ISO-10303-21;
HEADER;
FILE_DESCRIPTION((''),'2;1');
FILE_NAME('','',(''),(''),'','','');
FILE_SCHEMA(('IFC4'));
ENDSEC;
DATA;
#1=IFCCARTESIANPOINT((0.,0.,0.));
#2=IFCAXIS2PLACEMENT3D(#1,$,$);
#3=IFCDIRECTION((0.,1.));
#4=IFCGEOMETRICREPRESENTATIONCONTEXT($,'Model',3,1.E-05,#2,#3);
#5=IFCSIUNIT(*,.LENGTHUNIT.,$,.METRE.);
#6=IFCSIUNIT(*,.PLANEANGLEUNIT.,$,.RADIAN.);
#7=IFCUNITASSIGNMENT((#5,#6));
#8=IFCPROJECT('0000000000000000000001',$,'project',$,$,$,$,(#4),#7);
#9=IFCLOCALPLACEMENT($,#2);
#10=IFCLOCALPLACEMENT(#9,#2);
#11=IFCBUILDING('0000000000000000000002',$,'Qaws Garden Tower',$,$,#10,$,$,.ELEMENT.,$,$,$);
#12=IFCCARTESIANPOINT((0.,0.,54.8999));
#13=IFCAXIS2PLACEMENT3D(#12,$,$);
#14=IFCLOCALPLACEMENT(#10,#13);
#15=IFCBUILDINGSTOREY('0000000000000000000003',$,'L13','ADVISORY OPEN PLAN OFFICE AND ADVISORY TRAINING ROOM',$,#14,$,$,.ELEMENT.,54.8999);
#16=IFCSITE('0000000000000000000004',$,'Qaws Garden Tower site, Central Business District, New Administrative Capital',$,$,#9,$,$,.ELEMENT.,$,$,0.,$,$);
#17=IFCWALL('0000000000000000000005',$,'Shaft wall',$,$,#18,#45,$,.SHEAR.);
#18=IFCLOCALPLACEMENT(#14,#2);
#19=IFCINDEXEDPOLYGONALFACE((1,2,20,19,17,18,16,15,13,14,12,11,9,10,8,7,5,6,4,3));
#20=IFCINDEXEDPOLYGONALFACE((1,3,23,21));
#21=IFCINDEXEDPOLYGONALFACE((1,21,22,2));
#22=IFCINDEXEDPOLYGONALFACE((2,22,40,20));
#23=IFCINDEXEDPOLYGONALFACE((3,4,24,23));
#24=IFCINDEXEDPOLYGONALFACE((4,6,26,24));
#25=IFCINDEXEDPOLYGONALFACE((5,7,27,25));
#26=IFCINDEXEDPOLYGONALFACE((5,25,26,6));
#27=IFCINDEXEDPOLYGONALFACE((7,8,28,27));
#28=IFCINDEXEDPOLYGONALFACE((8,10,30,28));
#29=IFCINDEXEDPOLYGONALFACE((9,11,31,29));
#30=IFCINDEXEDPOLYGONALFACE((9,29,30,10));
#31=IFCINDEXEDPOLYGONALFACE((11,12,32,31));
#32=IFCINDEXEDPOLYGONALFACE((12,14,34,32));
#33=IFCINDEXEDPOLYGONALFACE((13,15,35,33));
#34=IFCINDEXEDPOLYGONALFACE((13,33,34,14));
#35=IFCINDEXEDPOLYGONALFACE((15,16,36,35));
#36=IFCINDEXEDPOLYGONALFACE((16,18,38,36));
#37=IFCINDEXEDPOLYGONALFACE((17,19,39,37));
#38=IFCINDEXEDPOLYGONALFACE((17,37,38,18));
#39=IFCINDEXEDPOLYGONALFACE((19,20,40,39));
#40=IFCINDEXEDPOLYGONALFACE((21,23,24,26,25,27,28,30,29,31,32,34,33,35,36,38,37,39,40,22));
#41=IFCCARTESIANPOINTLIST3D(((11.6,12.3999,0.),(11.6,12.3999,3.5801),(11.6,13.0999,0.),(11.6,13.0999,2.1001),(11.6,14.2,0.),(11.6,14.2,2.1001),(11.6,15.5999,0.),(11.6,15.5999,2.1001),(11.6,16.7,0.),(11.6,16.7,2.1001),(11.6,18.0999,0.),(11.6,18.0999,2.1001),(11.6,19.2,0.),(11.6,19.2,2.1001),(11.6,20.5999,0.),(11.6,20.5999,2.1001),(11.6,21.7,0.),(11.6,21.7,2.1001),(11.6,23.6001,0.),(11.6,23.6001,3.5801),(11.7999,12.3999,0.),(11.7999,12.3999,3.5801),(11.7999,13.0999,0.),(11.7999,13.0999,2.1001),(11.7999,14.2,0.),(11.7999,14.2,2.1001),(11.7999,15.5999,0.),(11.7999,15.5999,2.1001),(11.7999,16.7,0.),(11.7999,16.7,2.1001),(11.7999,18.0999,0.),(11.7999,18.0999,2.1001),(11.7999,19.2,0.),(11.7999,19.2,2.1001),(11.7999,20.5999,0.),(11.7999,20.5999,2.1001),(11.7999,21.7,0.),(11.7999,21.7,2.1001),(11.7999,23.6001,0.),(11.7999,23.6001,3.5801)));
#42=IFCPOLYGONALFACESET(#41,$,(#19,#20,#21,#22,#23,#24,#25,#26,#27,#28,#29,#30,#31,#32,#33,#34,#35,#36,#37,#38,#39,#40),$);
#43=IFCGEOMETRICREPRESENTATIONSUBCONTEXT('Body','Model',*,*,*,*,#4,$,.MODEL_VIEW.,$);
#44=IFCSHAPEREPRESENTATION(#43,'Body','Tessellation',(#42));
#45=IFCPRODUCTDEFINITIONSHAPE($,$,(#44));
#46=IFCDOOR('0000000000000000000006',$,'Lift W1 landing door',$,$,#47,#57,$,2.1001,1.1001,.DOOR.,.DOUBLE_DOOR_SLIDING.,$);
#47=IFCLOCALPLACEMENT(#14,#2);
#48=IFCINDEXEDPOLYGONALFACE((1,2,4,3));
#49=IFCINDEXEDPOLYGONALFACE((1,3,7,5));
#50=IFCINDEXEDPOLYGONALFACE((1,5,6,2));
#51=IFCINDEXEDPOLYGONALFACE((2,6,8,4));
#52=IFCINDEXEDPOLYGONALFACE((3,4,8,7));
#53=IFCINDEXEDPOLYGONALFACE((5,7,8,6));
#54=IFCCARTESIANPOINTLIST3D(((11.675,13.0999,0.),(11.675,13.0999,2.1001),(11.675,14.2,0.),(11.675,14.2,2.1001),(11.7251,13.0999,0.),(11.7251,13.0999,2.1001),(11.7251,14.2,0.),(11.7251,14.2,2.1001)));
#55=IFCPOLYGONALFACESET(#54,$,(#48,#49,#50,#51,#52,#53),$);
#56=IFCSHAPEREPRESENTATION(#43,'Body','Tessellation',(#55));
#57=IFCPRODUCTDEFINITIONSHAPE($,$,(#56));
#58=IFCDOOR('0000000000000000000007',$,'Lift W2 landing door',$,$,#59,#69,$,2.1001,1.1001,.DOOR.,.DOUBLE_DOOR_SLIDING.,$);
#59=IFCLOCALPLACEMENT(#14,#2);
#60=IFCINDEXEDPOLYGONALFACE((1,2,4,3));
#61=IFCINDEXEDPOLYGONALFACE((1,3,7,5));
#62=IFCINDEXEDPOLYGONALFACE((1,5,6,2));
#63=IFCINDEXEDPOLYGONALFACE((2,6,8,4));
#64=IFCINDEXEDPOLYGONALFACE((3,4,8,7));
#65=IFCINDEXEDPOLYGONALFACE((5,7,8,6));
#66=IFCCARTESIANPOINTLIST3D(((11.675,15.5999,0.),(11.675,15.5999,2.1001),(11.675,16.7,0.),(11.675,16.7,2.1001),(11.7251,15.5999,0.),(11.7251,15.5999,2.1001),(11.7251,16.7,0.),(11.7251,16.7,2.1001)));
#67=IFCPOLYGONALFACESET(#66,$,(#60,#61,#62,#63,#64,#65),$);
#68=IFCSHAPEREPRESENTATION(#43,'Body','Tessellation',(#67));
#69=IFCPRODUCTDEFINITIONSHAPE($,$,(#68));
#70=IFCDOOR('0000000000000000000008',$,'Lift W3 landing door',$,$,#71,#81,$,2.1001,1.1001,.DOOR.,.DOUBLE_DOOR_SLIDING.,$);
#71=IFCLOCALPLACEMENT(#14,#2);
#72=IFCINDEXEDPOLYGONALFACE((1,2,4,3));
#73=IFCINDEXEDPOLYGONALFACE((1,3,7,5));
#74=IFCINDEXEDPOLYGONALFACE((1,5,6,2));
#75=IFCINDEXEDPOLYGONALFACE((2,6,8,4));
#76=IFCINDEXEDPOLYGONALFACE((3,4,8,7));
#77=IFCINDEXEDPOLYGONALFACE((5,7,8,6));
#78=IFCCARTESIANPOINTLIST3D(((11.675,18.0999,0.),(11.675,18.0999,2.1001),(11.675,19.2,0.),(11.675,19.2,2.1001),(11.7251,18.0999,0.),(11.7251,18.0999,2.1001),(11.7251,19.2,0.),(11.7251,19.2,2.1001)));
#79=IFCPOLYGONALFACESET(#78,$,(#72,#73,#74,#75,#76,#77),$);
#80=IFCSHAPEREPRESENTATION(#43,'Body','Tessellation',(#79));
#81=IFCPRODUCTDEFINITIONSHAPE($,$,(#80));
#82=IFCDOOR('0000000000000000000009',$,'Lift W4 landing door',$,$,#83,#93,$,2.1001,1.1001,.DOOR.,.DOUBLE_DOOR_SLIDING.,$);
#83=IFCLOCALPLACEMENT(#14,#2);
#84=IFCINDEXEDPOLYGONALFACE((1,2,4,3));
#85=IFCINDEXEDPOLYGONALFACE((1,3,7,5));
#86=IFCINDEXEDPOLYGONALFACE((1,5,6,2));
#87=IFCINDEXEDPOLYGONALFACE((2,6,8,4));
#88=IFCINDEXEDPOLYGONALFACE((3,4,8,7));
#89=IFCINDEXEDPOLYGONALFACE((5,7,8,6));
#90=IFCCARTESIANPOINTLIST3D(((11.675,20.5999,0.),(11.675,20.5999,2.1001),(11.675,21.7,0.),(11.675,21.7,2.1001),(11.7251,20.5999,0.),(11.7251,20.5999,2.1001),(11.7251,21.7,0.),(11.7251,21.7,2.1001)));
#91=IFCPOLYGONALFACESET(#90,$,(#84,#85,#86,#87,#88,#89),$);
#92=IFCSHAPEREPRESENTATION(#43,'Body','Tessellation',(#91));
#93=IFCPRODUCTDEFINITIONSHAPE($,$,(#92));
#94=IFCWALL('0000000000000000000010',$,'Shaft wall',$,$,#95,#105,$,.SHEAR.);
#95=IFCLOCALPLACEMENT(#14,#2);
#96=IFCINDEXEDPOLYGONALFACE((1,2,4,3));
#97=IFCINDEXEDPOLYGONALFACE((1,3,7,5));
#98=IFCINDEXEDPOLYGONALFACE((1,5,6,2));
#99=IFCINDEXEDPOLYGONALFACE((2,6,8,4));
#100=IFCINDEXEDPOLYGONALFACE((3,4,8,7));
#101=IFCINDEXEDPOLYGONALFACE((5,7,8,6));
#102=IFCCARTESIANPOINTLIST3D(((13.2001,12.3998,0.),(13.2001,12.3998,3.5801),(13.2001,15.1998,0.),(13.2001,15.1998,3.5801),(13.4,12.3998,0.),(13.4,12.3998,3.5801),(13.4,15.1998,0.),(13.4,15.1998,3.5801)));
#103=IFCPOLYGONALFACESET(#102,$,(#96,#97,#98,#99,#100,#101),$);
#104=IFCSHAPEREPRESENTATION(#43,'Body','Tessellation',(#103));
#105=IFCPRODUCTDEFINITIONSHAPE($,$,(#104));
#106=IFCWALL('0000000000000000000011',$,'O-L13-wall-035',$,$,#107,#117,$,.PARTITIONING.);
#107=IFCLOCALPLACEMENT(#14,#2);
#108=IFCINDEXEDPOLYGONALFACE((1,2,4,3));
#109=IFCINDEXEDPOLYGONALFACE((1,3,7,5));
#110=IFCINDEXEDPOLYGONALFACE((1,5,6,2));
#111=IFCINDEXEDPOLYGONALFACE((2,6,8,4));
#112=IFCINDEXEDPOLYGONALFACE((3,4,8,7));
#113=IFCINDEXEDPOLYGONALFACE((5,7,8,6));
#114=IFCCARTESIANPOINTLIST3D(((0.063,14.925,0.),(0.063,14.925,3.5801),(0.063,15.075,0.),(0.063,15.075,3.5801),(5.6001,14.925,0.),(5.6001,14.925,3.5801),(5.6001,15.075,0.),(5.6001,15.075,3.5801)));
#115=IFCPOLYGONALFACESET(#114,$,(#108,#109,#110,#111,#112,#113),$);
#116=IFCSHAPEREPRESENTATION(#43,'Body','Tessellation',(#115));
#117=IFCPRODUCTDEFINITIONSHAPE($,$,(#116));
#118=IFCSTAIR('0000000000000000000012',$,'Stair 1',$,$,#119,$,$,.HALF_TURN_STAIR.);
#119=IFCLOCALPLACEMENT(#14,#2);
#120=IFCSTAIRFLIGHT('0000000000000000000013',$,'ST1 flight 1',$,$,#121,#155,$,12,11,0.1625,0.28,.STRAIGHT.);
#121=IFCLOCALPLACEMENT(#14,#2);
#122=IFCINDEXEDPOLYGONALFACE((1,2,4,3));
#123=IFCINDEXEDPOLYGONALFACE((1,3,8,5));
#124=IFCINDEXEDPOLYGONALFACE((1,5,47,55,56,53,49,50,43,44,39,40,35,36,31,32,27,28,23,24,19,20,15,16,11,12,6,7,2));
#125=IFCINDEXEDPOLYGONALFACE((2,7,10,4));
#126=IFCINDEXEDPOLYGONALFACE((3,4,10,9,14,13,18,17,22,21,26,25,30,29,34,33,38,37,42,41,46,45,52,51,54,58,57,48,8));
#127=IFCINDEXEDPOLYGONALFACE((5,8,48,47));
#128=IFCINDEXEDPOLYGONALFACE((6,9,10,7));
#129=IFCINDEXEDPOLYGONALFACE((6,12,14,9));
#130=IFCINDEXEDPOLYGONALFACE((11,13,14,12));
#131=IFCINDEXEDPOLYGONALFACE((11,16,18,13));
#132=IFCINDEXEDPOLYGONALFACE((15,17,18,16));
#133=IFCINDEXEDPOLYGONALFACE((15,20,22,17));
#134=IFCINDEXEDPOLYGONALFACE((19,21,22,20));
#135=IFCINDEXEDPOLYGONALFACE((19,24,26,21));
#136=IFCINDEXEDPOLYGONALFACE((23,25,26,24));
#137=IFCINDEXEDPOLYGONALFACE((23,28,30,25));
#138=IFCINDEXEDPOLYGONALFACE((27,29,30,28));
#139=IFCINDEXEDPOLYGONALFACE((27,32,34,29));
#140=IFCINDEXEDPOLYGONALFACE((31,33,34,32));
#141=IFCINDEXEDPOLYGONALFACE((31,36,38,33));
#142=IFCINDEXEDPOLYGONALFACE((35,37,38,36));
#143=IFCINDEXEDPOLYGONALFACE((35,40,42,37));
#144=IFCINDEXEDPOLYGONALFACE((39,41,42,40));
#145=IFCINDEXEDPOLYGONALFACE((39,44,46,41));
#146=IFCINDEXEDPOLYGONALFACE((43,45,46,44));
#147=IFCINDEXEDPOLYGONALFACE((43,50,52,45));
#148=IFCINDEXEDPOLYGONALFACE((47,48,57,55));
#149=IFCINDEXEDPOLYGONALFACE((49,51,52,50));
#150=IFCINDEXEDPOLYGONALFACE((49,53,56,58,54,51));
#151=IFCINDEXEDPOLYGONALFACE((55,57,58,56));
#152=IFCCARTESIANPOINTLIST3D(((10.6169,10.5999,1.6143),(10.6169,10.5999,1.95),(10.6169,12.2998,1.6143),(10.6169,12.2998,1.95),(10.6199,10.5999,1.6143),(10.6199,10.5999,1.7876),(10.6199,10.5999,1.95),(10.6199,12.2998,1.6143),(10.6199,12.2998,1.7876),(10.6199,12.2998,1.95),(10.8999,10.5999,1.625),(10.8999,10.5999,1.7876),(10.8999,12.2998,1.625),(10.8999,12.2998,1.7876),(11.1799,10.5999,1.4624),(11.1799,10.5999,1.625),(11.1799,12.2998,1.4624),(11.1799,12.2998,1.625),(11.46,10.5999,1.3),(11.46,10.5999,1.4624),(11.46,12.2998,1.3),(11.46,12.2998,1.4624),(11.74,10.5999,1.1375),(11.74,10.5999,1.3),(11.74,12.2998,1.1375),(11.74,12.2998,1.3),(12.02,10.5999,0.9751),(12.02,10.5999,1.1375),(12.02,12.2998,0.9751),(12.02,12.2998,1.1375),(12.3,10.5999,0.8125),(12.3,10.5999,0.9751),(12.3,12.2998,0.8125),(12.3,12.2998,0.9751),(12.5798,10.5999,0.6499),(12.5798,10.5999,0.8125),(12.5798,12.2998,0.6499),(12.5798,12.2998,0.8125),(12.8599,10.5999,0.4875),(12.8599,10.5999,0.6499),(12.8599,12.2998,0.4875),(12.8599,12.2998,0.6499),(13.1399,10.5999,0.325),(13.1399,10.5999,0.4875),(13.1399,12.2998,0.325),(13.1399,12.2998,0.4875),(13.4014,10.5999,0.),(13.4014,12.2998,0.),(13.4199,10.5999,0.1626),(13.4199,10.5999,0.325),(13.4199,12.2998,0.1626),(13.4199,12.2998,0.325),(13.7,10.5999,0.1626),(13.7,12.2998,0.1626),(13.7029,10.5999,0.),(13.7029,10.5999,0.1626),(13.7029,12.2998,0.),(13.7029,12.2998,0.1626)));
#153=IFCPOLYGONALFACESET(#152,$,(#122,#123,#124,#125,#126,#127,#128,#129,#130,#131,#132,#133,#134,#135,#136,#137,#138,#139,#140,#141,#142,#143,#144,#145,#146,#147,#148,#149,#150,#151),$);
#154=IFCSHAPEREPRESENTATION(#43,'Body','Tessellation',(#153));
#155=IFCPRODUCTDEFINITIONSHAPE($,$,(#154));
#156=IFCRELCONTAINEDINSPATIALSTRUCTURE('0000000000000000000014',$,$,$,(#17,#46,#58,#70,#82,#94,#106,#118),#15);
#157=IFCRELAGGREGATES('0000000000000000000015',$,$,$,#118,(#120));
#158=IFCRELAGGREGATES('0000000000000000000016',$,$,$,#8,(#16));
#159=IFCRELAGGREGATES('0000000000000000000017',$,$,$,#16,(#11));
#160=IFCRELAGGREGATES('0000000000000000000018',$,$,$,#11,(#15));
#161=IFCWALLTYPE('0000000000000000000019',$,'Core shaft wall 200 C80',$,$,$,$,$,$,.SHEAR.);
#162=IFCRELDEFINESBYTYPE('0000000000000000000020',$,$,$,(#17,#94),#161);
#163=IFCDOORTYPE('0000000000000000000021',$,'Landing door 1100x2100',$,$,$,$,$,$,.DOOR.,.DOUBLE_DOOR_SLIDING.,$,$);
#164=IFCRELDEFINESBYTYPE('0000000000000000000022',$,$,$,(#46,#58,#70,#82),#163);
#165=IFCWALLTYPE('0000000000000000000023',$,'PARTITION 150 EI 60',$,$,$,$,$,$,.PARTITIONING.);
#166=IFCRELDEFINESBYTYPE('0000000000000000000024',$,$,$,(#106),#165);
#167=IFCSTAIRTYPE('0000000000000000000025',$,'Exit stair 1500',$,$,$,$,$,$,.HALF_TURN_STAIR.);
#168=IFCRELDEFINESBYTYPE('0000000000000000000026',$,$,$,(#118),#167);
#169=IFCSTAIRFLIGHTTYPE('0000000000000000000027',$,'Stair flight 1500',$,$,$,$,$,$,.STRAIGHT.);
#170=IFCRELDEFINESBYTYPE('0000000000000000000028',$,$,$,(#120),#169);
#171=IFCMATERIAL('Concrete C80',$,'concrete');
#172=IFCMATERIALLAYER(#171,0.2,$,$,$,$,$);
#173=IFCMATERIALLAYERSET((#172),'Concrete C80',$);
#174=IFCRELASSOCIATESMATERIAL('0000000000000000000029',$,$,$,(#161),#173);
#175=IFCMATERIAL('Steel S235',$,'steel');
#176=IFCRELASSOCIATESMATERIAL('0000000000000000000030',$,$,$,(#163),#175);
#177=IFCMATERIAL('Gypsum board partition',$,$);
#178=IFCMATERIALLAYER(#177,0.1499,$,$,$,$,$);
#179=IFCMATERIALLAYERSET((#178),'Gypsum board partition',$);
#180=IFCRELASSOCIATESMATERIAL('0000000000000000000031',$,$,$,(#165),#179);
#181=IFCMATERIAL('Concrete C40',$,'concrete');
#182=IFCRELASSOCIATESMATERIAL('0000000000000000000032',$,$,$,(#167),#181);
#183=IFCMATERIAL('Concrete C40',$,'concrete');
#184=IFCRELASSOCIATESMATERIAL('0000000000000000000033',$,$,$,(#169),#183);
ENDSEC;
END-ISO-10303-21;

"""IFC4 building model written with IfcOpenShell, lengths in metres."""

from ifc_helpers import new_model, si_unit, direction, frame, frame_2d, origin, place, context, subcontext, project, spatial, polyline, rectangle, outline, extrude, material, layer, layer_set, type_object, element, fill, aggregate, save


model = new_model("IFC4")

# Units and contexts
model_context = context("Model", 3, precision=1e-05, world=origin(), true_north=direction((0.0, 1.0)))
body_context = subcontext(model_context, "Body", "Model", "MODEL_VIEW")
ifc_project = project(units=[si_unit("LENGTHUNIT", "METRE"), si_unit("PLANEANGLEUNIT", "RADIAN")], contexts=[model_context])

# Site, building, storey
site_placement = place(None, origin())
site = spatial("IfcSite", under=ifc_project, at=site_placement, Name="Qaws Garden Tower site, Central Business District, New Administrative Capital", CompositionType="ELEMENT", RefElevation=0.0)
building_placement = place(site_placement, origin())
building = spatial("IfcBuilding", under=site, at=building_placement, Name="Qaws Garden Tower", CompositionType="ELEMENT")
storey_placement = place(building_placement, frame((0.0, 0.0, 54.8999)))
storey = spatial("IfcBuildingStorey", under=building, at=storey_placement, Name="L13", Description="ADVISORY OPEN PLAN OFFICE AND ADVISORY TRAINING ROOM", CompositionType="ELEMENT", Elevation=54.8999)

# Shared definitions
ifc_material_1 = material(Name="Concrete C80", Category="concrete")
ifc_layer_1 = layer(ifc_material_1, 0.2)
ifc_layer_set_1 = layer_set([ifc_layer_1], Name="Concrete C80")
wall_type_1 = type_object("IfcWallType", Name="Core shaft wall 200 C80", PredefinedType="SHEAR", material=ifc_layer_set_1)

# Wall, openings, doors
wall_1_placement = place(storey_placement, frame((11.7, 12.3999, 0.0), z_axis=(0.0, 0.0, 1.0), x_axis=(0.0, 1.0, 0.0)))
wall_1 = element("IfcWall", 1, at=wall_1_placement, inside=storey, type_object=wall_type_1, Name="Shaft wall", PredefinedType="SHEAR", context=body_context, shape_type="SweptSolid", body=[
    extrude(rectangle(XDim=11.2002, YDim=0.2, at=frame_2d((5.6001, 0.0))), origin(), (0.0, 0.0, 1.0), 3.5801),
])
opening_1_placement = place(wall_1_placement, frame((0.7, 0.0, 0.0)))
opening_1 = element("IfcOpeningElement", 2, at=opening_1_placement, cuts=wall_1, PredefinedType="OPENING", context=body_context, shape_type="SweptSolid", body=[
    extrude(rectangle(XDim=1.1001, YDim=2.1001, at=frame_2d((0.55, 1.05))), frame((0.0, 0.1099, 0.0), z_axis=(0.0, -1.0, 0.0), x_axis=(1.0, 0.0, 0.0)), (0.0, 0.0, 1.0), 0.22),
])
opening_2_placement = place(wall_1_placement, frame((3.2, 0.0, 0.0)))
opening_2 = element("IfcOpeningElement", 3, at=opening_2_placement, cuts=wall_1, PredefinedType="OPENING", context=body_context, shape_type="SweptSolid", body=[
    extrude(rectangle(XDim=1.1001, YDim=2.1001, at=frame_2d((0.55, 1.05))), frame((0.0, 0.1099, 0.0), z_axis=(0.0, -1.0, 0.0), x_axis=(1.0, 0.0, 0.0)), (0.0, 0.0, 1.0), 0.22),
])
opening_3_placement = place(wall_1_placement, frame((5.7, 0.0, 0.0)))
opening_3 = element("IfcOpeningElement", 4, at=opening_3_placement, cuts=wall_1, PredefinedType="OPENING", context=body_context, shape_type="SweptSolid", body=[
    extrude(rectangle(XDim=1.1001, YDim=2.1001, at=frame_2d((0.55, 1.05))), frame((0.0, 0.1099, 0.0), z_axis=(0.0, -1.0, 0.0), x_axis=(1.0, 0.0, 0.0)), (0.0, 0.0, 1.0), 0.22),
])
opening_4_placement = place(wall_1_placement, frame((8.2, 0.0, 0.0)))
opening_4 = element("IfcOpeningElement", 5, at=opening_4_placement, cuts=wall_1, PredefinedType="OPENING", context=body_context, shape_type="SweptSolid", body=[
    extrude(rectangle(XDim=1.1001, YDim=2.1001, at=frame_2d((0.55, 1.05))), frame((0.0, 0.1099, 0.0), z_axis=(0.0, -1.0, 0.0), x_axis=(1.0, 0.0, 0.0)), (0.0, 0.0, 1.0), 0.22),
])
ifc_material_2 = material(Name="Steel S235", Category="steel")
door_type = type_object("IfcDoorType", Name="Landing door 1100x2100", OperationType="DOUBLE_DOOR_SLIDING", PredefinedType="DOOR", material=ifc_material_2)
door_1_placement = place(opening_1_placement, origin())
door_1 = element("IfcDoor", 6, at=door_1_placement, inside=storey, type_object=door_type, Name="Lift W1 landing door", OperationType="DOUBLE_DOOR_SLIDING", OverallHeight=2.1001, OverallWidth=1.1001, PredefinedType="DOOR", context=body_context, shape_type="SweptSolid", body=[
    extrude(rectangle(XDim=1.1001, YDim=2.1001, at=frame_2d((0.55, 1.05))), frame((0.0, 0.0249, 0.0), z_axis=(0.0, -1.0, 0.0), x_axis=(1.0, 0.0, 0.0)), (0.0, 0.0, 1.0), 0.05),
])
fill(opening_1, door_1)
door_2_placement = place(opening_2_placement, origin())
door_2 = element("IfcDoor", 7, at=door_2_placement, inside=storey, type_object=door_type, Name="Lift W2 landing door", OperationType="DOUBLE_DOOR_SLIDING", OverallHeight=2.1001, OverallWidth=1.1001, PredefinedType="DOOR", context=body_context, shape_type="SweptSolid", body=[
    extrude(rectangle(XDim=1.1001, YDim=2.1001, at=frame_2d((0.55, 1.05))), frame((0.0, 0.0249, 0.0), z_axis=(0.0, -1.0, 0.0), x_axis=(1.0, 0.0, 0.0)), (0.0, 0.0, 1.0), 0.05),
])
fill(opening_2, door_2)
door_3_placement = place(opening_3_placement, origin())
door_3 = element("IfcDoor", 8, at=door_3_placement, inside=storey, type_object=door_type, Name="Lift W3 landing door", OperationType="DOUBLE_DOOR_SLIDING", OverallHeight=2.1001, OverallWidth=1.1001, PredefinedType="DOOR", context=body_context, shape_type="SweptSolid", body=[
    extrude(rectangle(XDim=1.1001, YDim=2.1001, at=frame_2d((0.55, 1.05))), frame((0.0, 0.0249, 0.0), z_axis=(0.0, -1.0, 0.0), x_axis=(1.0, 0.0, 0.0)), (0.0, 0.0, 1.0), 0.05),
])
fill(opening_3, door_3)
door_4_placement = place(opening_4_placement, origin())
door_4 = element("IfcDoor", 9, at=door_4_placement, inside=storey, type_object=door_type, Name="Lift W4 landing door", OperationType="DOUBLE_DOOR_SLIDING", OverallHeight=2.1001, OverallWidth=1.1001, PredefinedType="DOOR", context=body_context, shape_type="SweptSolid", body=[
    extrude(rectangle(XDim=1.1001, YDim=2.1001, at=frame_2d((0.55, 1.05))), frame((0.0, 0.0249, 0.0), z_axis=(0.0, -1.0, 0.0), x_axis=(1.0, 0.0, 0.0)), (0.0, 0.0, 1.0), 0.05),
])
fill(opening_4, door_4)

# Walls
wall_2_placement = place(storey_placement, frame((13.3, 12.3999, 0.0), z_axis=(0.0, 0.0, 1.0), x_axis=(0.0, 1.0, 0.0)))
element("IfcWall", 10, at=wall_2_placement, inside=storey, type_object=wall_type_1, Name="Shaft wall", PredefinedType="SHEAR", context=body_context, shape_type="SweptSolid", body=[
    extrude(rectangle(XDim=2.8, YDim=0.2, at=frame_2d((1.3999, 0.0))), origin(), (0.0, 0.0, 1.0), 3.5801),
])
ifc_material_3 = material(Name="Gypsum board partition")
ifc_layer_2 = layer(ifc_material_3, 0.1499)
ifc_layer_set_2 = layer_set([ifc_layer_2], Name="Gypsum board partition")
wall_type_2 = type_object("IfcWallType", Name="PARTITION 150 EI 60", PredefinedType="PARTITIONING", material=ifc_layer_set_2)
wall_3_placement = place(storey_placement, frame((0.063, 15.0, 0.0), z_axis=(0.0, 0.0, 1.0), x_axis=(1.0, 0.0, 0.0)))
element("IfcWall", 11, at=wall_3_placement, inside=storey, type_object=wall_type_2, Name="O-L13-wall-035", PredefinedType="PARTITIONING", context=body_context, shape_type="SweptSolid", body=[
    extrude(rectangle(XDim=5.5371, YDim=0.1499, at=frame_2d((2.7686, 0.0))), origin(), (0.0, 0.0, 1.0), 3.5801),
])

# Stair, stair flight
ifc_material_4 = material(Name="Concrete C40", Category="concrete")
stair_type = type_object("IfcStairType", Name="Exit stair 1500", PredefinedType="HALF_TURN_STAIR", material=ifc_material_4)
stair_placement = place(storey_placement, origin())
stair = element("IfcStair", 12, at=stair_placement, inside=storey, type_object=stair_type, Name="Stair 1", PredefinedType="HALF_TURN_STAIR")
ifc_material_5 = material(Name="Concrete C40", Category="concrete")
stair_flight_type = type_object("IfcStairFlightType", Name="Stair flight 1500", PredefinedType="STRAIGHT", material=ifc_material_5)
stair_flight_1_placement = place(storey_placement, frame((13.7, 11.45, 0.0), z_axis=(0.0, 0.0, 1.0), x_axis=(-1.0, 0.0, 0.0)))
stair_flight_1 = element("IfcStairFlight", 13, at=stair_flight_1_placement, type_object=stair_flight_type, Name="ST1 flight 1", NumberOfRisers=12, NumberOfTreads=11, PredefinedType="STRAIGHT", RiserHeight=0.1625, TreadLength=0.28, context=body_context, shape_type="SweptSolid", body=[
    extrude(outline(polyline([(-0.0029, 0.0), (-0.0029, 0.1626), (0.0, 0.1626), (0.28, 0.1626), (0.28, 0.325), (0.5601, 0.325), (0.5601, 0.4875), (0.8401, 0.4875), (0.8401, 0.6499), (1.1201, 0.6499), (1.1201, 0.8125), (1.3999, 0.8125), (1.3999, 0.9751), (1.6799, 0.9751), (1.6799, 1.1375), (1.96, 1.1375), (1.96, 1.3), (2.24, 1.3), (2.24, 1.4624), (2.52, 1.4624), (2.52, 1.625), (2.8, 1.625), (2.8, 1.7876), (3.0801, 1.7876), (3.0801, 1.95), (3.083, 1.95), (3.083, 1.6143), (3.0801, 1.6143), (0.2986, 0.0), (-0.0029, 0.0)])), frame((0.0, 0.8501, 0.0), z_axis=(0.0, -1.0, 0.0), x_axis=(1.0, 0.0, 0.0)), (0.0, 0.0, 1.0), 1.7),
])
aggregate(stair, [stair_flight_1])

save(model, "model.ifc")
